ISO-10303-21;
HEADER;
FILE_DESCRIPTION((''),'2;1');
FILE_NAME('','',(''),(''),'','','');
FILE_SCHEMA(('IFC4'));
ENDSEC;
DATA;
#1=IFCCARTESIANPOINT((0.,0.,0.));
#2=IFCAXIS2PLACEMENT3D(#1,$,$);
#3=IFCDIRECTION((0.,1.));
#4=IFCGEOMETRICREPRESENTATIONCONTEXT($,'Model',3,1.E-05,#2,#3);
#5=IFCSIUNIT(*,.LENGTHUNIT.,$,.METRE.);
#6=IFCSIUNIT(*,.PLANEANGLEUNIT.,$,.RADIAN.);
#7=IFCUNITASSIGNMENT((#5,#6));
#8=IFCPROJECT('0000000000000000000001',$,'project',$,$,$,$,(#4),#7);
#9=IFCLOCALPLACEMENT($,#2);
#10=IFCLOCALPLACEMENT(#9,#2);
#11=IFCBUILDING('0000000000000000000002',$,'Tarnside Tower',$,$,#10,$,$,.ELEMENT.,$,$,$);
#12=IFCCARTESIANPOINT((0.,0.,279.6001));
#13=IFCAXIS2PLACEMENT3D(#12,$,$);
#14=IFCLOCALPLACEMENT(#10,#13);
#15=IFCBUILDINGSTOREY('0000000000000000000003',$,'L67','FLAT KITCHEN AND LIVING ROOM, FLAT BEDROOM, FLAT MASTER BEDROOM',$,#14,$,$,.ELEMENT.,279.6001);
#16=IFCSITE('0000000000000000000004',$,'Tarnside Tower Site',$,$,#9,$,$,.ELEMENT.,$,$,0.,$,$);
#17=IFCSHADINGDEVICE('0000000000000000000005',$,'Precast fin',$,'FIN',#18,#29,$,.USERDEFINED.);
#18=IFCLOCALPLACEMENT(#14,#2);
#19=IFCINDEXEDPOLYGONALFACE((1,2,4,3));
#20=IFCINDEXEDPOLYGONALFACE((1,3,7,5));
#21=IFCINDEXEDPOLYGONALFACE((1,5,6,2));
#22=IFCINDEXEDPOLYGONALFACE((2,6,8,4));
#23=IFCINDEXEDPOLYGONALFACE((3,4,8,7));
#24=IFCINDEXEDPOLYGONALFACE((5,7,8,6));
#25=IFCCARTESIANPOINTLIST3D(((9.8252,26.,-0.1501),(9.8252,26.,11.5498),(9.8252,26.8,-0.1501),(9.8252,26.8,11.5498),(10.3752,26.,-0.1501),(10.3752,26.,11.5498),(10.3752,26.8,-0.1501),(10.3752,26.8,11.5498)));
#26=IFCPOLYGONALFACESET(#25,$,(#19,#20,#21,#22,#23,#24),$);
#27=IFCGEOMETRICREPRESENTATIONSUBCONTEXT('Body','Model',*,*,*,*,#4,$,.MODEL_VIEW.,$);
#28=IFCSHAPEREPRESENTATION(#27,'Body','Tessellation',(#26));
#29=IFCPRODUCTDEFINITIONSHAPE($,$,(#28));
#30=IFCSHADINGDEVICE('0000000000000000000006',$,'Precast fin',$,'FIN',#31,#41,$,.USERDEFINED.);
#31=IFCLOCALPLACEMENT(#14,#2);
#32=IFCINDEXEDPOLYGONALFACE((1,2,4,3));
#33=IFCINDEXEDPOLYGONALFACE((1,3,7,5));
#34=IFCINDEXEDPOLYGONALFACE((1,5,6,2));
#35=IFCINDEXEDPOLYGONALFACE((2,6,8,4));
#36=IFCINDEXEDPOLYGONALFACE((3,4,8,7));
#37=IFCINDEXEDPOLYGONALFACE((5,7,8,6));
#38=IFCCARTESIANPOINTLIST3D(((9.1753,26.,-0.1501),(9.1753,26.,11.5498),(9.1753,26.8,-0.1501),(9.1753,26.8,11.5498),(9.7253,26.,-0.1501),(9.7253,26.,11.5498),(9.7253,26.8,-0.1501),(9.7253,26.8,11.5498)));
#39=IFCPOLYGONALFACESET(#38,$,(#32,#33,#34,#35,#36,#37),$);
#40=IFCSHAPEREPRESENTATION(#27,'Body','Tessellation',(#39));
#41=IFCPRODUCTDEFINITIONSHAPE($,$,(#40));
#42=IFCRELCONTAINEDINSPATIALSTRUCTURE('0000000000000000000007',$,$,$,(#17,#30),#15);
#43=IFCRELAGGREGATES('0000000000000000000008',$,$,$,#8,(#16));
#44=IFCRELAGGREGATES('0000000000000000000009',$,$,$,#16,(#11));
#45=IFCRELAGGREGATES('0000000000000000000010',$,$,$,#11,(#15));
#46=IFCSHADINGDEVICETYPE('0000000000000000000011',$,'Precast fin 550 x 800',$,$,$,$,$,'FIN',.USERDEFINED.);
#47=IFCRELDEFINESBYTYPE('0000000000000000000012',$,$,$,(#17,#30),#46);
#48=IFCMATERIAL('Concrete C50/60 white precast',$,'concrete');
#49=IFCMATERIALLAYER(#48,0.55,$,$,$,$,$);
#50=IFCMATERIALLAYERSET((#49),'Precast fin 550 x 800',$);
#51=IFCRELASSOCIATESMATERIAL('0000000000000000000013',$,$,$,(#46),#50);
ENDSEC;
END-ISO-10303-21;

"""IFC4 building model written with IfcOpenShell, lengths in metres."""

from ifc_helpers import new_model, si_unit, direction, frame, origin, place, context, subcontext, project, spatial, polyline, outline, extrude, material, layer, layer_set, type_object, element, save


model = new_model("IFC4")

# Units and contexts
model_context = context("Model", 3, precision=1e-05, world=origin(), true_north=direction((0.0, 1.0)))
body_context = subcontext(model_context, "Body", "Model", "MODEL_VIEW")
ifc_project = project(units=[si_unit("LENGTHUNIT", "METRE"), si_unit("PLANEANGLEUNIT", "RADIAN")], contexts=[model_context])

# Site, building, storey
site_placement = place(None, origin())
site = spatial("IfcSite", under=ifc_project, at=site_placement, Name="Tarnside Tower Site", CompositionType="ELEMENT", RefElevation=0.0)
building_placement = place(site_placement, origin())
building = spatial("IfcBuilding", under=site, at=building_placement, Name="Tarnside Tower", CompositionType="ELEMENT")
storey_placement = place(building_placement, frame((0.0, 0.0, 279.6001)))
storey = spatial("IfcBuildingStorey", under=building, at=storey_placement, Name="L67", Description="FLAT KITCHEN AND LIVING ROOM, FLAT BEDROOM, FLAT MASTER BEDROOM", CompositionType="ELEMENT", Elevation=279.6001)

# Shading devices
ifc_material_1 = material(Name="Concrete C50/60 white precast", Category="concrete")
ifc_layer_1 = layer(ifc_material_1, 0.55)
ifc_layer_set_1 = layer_set([ifc_layer_1], Name="Precast fin 550 x 800")
shading_device_type_1 = type_object("IfcShadingDeviceType", Name="Precast fin 550 x 800", ElementType="FIN", PredefinedType="USERDEFINED", material=ifc_layer_set_1)
for number, where, z_axis, x_axis, name in (
    (1, (10.1001, 26.0, -0.1501), (1.0, 0.0, 0.0), (0.0, 1.0, 0.0), "Precast fin"),
    (2, (9.4502, 26.0, -0.1501), (1.0, 0.0, 0.0), (0.0, 1.0, 0.0), "Precast fin"),
):
    element("IfcShadingDevice", number, at=place(storey_placement, frame(where, z_axis=z_axis, x_axis=x_axis)), inside=storey, type_object=shading_device_type_1, Name=name, ObjectType="FIN", PredefinedType="USERDEFINED", context=body_context, shape_type="SweptSolid", body=[
        extrude(outline(polyline([(0.0, 0.0), (0.8, 0.0), (0.8, 11.7), (0.0, 11.7), (0.0, 0.0)])), frame((0.0, 0.0, -0.2749)), (0.0, 0.0, 1.0), 0.55),
    ])

save(model, "model.ifc")
